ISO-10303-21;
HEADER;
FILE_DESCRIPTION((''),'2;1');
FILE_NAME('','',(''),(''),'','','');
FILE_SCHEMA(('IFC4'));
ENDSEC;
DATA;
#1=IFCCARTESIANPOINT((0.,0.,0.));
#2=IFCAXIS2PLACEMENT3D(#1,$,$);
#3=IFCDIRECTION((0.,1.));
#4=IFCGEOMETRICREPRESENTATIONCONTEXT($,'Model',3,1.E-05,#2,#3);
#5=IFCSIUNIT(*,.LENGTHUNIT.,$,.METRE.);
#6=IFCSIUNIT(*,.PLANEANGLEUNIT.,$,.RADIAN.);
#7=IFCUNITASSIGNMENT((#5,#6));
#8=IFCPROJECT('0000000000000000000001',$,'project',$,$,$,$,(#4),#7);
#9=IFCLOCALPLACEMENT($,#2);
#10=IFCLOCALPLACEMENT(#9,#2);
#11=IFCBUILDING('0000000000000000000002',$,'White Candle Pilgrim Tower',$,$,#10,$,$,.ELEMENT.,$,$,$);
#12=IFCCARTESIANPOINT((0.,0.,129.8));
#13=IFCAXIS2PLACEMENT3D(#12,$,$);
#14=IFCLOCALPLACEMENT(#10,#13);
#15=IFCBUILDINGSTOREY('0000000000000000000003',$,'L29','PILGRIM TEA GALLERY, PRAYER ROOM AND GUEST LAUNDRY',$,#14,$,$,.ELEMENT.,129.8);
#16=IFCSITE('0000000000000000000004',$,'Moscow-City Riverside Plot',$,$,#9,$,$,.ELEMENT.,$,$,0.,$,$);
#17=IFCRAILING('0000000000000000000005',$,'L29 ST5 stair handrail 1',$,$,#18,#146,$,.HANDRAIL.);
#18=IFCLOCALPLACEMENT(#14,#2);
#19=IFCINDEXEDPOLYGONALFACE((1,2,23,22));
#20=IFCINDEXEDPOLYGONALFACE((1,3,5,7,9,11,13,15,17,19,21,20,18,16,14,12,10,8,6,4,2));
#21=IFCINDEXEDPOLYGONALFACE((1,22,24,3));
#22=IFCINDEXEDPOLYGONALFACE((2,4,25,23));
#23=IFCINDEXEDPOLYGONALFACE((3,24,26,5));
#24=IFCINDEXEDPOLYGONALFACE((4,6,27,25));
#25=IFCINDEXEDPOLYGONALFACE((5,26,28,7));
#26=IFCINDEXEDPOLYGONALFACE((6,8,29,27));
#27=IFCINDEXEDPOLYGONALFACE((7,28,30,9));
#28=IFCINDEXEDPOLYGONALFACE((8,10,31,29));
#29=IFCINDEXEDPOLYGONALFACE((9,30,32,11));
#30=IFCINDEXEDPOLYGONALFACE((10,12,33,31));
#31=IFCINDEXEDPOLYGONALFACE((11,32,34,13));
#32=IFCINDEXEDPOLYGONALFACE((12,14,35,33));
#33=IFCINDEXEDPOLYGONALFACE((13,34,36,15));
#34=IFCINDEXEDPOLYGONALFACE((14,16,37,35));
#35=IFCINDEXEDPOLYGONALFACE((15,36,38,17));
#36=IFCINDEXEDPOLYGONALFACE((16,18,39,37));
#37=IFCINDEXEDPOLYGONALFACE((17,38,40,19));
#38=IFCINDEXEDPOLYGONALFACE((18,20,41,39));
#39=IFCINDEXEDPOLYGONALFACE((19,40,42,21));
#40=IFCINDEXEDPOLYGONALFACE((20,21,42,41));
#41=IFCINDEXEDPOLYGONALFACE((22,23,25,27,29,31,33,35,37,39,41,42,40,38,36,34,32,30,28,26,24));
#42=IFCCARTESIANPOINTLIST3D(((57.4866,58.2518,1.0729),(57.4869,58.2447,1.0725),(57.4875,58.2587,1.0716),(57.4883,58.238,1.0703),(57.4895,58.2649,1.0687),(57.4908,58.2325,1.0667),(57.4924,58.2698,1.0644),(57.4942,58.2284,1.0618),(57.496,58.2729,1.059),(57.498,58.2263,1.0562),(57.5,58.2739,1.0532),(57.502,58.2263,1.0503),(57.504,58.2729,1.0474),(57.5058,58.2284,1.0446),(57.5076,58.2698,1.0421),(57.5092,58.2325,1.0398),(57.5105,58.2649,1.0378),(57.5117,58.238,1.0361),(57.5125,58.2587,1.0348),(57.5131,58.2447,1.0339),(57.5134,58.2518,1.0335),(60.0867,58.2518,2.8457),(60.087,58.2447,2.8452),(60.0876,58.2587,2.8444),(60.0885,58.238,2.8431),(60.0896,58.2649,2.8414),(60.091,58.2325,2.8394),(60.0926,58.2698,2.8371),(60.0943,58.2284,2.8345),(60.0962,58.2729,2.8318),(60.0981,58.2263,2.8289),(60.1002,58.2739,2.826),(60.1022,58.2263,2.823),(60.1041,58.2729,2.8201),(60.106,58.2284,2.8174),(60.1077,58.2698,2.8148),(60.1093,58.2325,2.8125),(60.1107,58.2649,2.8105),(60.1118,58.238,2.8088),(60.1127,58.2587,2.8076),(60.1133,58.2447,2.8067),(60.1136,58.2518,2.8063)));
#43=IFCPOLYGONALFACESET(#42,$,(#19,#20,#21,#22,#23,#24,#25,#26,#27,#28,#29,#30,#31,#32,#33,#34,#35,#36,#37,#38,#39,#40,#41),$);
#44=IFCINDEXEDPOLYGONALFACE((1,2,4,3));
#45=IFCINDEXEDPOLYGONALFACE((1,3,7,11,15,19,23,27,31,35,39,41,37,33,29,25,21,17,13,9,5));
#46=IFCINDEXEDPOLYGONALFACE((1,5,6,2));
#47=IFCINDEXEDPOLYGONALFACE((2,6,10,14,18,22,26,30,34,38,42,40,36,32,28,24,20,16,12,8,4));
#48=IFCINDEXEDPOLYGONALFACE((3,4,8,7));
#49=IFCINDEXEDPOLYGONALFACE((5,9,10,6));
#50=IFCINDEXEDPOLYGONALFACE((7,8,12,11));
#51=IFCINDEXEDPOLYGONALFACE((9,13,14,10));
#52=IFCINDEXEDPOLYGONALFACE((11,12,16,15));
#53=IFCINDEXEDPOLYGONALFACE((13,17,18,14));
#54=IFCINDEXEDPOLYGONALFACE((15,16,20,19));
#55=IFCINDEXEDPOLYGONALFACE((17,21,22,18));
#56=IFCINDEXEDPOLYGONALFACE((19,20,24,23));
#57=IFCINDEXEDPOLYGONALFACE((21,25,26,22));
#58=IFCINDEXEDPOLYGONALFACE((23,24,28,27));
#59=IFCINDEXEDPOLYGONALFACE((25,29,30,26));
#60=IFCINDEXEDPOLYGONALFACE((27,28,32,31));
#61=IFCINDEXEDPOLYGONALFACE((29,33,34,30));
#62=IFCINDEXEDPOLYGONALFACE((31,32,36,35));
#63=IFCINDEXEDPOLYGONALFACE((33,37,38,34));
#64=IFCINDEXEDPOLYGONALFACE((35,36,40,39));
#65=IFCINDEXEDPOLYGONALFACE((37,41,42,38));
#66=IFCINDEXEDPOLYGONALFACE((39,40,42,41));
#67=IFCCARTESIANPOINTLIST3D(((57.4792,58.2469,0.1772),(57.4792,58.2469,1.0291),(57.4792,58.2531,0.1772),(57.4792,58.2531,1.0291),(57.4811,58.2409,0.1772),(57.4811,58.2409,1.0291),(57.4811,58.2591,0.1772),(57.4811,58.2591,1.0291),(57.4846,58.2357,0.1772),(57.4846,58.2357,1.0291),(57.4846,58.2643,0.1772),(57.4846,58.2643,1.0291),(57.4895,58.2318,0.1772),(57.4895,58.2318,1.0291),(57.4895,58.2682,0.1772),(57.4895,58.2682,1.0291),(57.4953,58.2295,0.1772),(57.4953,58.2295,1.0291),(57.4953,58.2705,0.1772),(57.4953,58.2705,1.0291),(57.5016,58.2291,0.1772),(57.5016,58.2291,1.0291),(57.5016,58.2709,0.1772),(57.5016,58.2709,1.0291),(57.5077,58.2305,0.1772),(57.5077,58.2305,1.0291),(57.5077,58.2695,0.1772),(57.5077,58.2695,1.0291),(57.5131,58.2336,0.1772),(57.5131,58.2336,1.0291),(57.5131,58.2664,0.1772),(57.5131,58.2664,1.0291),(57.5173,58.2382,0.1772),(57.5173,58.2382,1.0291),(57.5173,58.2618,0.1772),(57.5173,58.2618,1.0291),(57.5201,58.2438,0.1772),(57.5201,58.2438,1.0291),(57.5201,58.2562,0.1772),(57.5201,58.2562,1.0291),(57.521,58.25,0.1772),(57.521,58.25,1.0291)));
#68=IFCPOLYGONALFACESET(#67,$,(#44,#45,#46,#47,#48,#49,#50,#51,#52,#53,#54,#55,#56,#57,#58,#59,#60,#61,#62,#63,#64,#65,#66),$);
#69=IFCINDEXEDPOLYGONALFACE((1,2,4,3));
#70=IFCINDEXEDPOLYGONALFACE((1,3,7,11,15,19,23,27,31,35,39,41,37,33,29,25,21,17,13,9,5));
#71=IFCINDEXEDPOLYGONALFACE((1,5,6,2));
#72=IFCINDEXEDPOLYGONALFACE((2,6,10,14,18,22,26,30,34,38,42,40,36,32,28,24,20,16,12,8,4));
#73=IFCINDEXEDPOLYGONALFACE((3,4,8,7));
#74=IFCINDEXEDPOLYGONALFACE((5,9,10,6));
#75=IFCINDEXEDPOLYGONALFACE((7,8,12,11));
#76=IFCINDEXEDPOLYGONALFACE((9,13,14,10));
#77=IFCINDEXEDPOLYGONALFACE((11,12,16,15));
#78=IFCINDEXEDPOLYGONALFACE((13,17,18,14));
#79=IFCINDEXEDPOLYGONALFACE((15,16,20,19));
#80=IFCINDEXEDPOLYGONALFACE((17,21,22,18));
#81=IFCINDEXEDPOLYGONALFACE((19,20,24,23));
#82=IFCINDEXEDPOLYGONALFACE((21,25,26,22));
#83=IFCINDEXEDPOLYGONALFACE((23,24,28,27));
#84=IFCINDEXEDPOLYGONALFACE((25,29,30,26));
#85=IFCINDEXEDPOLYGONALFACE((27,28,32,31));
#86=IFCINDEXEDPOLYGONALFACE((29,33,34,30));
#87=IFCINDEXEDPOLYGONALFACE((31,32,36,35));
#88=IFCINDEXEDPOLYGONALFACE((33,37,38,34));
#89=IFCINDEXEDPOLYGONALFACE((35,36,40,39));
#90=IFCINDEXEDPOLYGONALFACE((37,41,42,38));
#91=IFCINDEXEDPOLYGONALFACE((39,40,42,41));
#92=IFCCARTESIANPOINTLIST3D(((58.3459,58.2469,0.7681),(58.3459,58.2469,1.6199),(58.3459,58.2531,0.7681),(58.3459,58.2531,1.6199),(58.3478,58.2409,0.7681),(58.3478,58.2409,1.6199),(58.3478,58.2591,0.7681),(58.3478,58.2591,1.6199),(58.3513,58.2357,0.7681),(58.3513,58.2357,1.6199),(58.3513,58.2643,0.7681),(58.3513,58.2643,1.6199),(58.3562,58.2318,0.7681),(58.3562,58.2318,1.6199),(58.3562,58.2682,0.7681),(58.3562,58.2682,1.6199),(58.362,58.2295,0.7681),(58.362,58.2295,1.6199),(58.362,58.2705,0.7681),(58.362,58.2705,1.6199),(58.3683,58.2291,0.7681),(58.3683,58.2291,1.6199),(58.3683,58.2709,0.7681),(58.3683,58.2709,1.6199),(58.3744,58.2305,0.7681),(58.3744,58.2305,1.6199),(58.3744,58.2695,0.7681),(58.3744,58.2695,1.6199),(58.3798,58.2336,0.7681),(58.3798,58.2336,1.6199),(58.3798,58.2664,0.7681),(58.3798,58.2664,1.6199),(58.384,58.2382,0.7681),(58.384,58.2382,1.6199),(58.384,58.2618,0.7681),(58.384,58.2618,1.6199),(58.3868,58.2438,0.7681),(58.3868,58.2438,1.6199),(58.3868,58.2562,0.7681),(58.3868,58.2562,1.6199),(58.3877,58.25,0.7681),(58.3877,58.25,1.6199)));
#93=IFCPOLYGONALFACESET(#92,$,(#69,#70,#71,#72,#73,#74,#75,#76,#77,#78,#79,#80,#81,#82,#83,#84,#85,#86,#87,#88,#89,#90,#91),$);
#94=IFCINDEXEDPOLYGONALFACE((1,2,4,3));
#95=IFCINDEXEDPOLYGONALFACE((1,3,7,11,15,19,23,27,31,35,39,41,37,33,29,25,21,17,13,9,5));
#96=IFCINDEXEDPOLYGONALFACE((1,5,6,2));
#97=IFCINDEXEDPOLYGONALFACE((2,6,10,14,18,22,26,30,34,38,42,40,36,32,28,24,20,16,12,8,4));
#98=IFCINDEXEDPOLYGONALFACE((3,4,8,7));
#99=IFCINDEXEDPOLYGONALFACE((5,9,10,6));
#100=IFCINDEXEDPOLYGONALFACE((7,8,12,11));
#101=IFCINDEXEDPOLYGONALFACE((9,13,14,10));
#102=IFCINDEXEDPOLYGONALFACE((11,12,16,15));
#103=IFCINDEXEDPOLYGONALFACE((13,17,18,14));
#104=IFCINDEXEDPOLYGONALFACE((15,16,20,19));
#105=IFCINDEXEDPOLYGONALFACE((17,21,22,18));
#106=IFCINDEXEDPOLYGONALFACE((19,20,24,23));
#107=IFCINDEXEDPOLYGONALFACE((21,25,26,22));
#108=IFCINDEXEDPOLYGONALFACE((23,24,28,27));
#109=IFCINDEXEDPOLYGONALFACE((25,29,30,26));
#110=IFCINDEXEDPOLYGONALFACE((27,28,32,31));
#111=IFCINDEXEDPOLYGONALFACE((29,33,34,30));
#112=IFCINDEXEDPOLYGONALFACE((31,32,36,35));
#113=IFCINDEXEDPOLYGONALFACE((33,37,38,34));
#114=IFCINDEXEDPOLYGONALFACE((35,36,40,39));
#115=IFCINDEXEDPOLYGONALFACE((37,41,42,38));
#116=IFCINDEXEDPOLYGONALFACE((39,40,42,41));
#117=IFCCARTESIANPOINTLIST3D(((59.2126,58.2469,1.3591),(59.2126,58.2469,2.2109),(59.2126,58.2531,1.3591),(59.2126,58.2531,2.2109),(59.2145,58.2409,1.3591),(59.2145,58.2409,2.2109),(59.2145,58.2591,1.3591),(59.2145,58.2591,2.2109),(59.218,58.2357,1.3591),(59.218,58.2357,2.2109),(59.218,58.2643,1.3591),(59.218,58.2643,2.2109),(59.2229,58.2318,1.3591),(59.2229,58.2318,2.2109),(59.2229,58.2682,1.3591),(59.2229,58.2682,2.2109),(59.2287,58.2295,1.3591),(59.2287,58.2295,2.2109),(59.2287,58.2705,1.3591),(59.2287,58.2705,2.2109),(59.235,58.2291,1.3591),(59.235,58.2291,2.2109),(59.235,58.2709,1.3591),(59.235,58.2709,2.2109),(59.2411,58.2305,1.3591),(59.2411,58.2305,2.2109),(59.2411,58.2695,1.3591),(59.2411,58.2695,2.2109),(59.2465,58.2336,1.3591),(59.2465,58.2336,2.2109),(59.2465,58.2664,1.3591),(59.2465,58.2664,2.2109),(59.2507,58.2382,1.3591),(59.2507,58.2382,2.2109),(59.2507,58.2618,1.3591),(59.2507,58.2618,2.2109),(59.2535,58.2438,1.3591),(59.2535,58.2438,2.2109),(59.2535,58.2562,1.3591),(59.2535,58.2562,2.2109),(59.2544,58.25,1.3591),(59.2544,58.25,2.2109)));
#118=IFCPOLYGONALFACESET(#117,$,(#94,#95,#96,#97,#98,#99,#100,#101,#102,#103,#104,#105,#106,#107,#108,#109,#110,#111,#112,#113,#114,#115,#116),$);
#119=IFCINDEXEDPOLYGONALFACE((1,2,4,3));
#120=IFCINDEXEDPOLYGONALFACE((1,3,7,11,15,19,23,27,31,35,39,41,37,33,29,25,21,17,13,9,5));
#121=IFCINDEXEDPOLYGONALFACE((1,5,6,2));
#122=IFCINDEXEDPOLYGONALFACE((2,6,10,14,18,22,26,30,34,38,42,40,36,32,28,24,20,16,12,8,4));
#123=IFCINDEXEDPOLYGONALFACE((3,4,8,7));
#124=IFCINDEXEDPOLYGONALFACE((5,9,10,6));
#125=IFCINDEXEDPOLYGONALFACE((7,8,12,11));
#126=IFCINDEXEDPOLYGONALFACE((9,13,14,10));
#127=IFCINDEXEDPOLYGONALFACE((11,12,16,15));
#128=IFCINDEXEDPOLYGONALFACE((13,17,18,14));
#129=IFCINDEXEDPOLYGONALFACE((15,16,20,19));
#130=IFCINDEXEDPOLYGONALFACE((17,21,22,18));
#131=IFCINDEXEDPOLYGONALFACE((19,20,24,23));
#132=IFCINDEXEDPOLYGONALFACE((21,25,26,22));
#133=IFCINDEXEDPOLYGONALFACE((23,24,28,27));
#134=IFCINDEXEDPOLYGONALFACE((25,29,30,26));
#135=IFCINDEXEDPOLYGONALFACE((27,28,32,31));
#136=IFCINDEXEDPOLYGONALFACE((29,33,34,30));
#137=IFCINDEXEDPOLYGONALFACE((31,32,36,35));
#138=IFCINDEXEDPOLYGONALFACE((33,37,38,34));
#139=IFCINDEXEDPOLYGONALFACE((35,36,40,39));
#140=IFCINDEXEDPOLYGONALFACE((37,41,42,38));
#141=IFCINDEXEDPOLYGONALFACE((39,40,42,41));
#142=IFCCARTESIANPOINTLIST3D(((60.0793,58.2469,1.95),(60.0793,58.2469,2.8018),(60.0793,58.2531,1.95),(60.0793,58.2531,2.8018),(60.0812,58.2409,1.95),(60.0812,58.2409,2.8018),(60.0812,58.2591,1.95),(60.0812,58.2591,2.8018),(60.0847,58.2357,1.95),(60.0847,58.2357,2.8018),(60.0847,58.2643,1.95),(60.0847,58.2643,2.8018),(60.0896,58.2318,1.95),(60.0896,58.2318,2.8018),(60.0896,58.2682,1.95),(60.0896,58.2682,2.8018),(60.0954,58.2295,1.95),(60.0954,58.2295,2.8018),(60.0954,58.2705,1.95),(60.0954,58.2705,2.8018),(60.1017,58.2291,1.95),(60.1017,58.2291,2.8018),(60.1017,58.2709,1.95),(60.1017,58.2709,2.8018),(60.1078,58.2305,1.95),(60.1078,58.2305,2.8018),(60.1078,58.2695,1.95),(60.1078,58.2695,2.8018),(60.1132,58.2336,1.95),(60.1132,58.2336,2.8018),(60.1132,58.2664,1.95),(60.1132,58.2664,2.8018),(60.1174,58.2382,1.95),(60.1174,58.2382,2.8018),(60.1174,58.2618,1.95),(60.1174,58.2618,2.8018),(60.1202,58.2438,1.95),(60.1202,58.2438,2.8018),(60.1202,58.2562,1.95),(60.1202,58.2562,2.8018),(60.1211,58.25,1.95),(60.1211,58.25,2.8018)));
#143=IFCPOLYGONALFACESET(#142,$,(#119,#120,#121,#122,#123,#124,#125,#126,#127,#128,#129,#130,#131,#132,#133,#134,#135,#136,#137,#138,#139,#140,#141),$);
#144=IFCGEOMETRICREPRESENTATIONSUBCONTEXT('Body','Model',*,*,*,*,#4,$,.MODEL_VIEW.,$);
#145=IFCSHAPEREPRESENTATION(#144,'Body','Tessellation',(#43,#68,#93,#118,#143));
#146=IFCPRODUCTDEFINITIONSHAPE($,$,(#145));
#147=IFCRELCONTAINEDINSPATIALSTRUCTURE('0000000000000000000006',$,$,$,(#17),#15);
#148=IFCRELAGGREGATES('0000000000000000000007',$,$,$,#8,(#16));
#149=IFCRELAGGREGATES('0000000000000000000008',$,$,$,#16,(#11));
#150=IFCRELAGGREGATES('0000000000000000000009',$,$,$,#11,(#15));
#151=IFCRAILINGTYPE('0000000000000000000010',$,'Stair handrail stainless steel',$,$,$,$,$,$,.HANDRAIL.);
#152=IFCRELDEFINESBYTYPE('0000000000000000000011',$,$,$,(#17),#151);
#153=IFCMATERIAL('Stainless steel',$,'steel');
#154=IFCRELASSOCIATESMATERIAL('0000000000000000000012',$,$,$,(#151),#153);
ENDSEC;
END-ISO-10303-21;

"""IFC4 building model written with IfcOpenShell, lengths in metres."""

from ifc_helpers import new_model, si_unit, direction, frame, origin, origin_2d, place, context, subcontext, project, spatial, circle, extrude, material, type_object, element, save


model = new_model("IFC4")

# Units and contexts
model_context = context("Model", 3, precision=1e-05, world=origin(), true_north=direction((0.0, 1.0)))
body_context = subcontext(model_context, "Body", "Model", "MODEL_VIEW")
ifc_project = project(units=[si_unit("LENGTHUNIT", "METRE"), si_unit("PLANEANGLEUNIT", "RADIAN")], contexts=[model_context])

# Site, building, storey
site_placement = place(None, origin())
site = spatial("IfcSite", under=ifc_project, at=site_placement, Name="Moscow-City Riverside Plot", CompositionType="ELEMENT", RefElevation=0.0)
building_placement = place(site_placement, origin())
building = spatial("IfcBuilding", under=site, at=building_placement, Name="White Candle Pilgrim Tower", CompositionType="ELEMENT")
storey_placement = place(building_placement, frame((0.0, 0.0, 129.8)))
storey = spatial("IfcBuildingStorey", under=building, at=storey_placement, Name="L29", Description="PILGRIM TEA GALLERY, PRAYER ROOM AND GUEST LAUNDRY", CompositionType="ELEMENT", Elevation=129.8)

# Railing
ifc_material_1 = material(Name="Stainless steel", Category="steel")
railing_type_1 = type_object("IfcRailingType", Name="Stair handrail stainless steel", PredefinedType="HANDRAIL", material=ifc_material_1)
railing_1_placement = place(storey_placement, frame((57.5, 58.25, 0.1772)))
element("IfcRailing", 1, at=railing_1_placement, inside=storey, type_object=railing_type_1, Name="L29 ST5 stair handrail 1", PredefinedType="HANDRAIL", context=body_context, shape_type="SweptSolid", body=[
    extrude(circle(Radius=0.0239, at=origin_2d()), frame((0.0, 0.0, 0.876), z_axis=(0.82624, 0.0, 0.563318), x_axis=(0.0, 1.0, 0.0)), (0.0, 0.0, 1.0), 3.147),
    extrude(circle(Radius=0.021, at=origin_2d()), origin(), (0.0, 0.0, 1.0), 0.8518),
    extrude(circle(Radius=0.021, at=origin_2d()), frame((0.8667, 0.0, 0.5908)), (0.0, 0.0, 1.0), 0.8518),
    extrude(circle(Radius=0.021, at=origin_2d()), frame((1.7334, 0.0, 1.1819)), (0.0, 0.0, 1.0), 0.8518),
    extrude(circle(Radius=0.021, at=origin_2d()), frame((2.6001, 0.0, 1.7727)), (0.0, 0.0, 1.0), 0.8518),
])

save(model, "model.ifc")
